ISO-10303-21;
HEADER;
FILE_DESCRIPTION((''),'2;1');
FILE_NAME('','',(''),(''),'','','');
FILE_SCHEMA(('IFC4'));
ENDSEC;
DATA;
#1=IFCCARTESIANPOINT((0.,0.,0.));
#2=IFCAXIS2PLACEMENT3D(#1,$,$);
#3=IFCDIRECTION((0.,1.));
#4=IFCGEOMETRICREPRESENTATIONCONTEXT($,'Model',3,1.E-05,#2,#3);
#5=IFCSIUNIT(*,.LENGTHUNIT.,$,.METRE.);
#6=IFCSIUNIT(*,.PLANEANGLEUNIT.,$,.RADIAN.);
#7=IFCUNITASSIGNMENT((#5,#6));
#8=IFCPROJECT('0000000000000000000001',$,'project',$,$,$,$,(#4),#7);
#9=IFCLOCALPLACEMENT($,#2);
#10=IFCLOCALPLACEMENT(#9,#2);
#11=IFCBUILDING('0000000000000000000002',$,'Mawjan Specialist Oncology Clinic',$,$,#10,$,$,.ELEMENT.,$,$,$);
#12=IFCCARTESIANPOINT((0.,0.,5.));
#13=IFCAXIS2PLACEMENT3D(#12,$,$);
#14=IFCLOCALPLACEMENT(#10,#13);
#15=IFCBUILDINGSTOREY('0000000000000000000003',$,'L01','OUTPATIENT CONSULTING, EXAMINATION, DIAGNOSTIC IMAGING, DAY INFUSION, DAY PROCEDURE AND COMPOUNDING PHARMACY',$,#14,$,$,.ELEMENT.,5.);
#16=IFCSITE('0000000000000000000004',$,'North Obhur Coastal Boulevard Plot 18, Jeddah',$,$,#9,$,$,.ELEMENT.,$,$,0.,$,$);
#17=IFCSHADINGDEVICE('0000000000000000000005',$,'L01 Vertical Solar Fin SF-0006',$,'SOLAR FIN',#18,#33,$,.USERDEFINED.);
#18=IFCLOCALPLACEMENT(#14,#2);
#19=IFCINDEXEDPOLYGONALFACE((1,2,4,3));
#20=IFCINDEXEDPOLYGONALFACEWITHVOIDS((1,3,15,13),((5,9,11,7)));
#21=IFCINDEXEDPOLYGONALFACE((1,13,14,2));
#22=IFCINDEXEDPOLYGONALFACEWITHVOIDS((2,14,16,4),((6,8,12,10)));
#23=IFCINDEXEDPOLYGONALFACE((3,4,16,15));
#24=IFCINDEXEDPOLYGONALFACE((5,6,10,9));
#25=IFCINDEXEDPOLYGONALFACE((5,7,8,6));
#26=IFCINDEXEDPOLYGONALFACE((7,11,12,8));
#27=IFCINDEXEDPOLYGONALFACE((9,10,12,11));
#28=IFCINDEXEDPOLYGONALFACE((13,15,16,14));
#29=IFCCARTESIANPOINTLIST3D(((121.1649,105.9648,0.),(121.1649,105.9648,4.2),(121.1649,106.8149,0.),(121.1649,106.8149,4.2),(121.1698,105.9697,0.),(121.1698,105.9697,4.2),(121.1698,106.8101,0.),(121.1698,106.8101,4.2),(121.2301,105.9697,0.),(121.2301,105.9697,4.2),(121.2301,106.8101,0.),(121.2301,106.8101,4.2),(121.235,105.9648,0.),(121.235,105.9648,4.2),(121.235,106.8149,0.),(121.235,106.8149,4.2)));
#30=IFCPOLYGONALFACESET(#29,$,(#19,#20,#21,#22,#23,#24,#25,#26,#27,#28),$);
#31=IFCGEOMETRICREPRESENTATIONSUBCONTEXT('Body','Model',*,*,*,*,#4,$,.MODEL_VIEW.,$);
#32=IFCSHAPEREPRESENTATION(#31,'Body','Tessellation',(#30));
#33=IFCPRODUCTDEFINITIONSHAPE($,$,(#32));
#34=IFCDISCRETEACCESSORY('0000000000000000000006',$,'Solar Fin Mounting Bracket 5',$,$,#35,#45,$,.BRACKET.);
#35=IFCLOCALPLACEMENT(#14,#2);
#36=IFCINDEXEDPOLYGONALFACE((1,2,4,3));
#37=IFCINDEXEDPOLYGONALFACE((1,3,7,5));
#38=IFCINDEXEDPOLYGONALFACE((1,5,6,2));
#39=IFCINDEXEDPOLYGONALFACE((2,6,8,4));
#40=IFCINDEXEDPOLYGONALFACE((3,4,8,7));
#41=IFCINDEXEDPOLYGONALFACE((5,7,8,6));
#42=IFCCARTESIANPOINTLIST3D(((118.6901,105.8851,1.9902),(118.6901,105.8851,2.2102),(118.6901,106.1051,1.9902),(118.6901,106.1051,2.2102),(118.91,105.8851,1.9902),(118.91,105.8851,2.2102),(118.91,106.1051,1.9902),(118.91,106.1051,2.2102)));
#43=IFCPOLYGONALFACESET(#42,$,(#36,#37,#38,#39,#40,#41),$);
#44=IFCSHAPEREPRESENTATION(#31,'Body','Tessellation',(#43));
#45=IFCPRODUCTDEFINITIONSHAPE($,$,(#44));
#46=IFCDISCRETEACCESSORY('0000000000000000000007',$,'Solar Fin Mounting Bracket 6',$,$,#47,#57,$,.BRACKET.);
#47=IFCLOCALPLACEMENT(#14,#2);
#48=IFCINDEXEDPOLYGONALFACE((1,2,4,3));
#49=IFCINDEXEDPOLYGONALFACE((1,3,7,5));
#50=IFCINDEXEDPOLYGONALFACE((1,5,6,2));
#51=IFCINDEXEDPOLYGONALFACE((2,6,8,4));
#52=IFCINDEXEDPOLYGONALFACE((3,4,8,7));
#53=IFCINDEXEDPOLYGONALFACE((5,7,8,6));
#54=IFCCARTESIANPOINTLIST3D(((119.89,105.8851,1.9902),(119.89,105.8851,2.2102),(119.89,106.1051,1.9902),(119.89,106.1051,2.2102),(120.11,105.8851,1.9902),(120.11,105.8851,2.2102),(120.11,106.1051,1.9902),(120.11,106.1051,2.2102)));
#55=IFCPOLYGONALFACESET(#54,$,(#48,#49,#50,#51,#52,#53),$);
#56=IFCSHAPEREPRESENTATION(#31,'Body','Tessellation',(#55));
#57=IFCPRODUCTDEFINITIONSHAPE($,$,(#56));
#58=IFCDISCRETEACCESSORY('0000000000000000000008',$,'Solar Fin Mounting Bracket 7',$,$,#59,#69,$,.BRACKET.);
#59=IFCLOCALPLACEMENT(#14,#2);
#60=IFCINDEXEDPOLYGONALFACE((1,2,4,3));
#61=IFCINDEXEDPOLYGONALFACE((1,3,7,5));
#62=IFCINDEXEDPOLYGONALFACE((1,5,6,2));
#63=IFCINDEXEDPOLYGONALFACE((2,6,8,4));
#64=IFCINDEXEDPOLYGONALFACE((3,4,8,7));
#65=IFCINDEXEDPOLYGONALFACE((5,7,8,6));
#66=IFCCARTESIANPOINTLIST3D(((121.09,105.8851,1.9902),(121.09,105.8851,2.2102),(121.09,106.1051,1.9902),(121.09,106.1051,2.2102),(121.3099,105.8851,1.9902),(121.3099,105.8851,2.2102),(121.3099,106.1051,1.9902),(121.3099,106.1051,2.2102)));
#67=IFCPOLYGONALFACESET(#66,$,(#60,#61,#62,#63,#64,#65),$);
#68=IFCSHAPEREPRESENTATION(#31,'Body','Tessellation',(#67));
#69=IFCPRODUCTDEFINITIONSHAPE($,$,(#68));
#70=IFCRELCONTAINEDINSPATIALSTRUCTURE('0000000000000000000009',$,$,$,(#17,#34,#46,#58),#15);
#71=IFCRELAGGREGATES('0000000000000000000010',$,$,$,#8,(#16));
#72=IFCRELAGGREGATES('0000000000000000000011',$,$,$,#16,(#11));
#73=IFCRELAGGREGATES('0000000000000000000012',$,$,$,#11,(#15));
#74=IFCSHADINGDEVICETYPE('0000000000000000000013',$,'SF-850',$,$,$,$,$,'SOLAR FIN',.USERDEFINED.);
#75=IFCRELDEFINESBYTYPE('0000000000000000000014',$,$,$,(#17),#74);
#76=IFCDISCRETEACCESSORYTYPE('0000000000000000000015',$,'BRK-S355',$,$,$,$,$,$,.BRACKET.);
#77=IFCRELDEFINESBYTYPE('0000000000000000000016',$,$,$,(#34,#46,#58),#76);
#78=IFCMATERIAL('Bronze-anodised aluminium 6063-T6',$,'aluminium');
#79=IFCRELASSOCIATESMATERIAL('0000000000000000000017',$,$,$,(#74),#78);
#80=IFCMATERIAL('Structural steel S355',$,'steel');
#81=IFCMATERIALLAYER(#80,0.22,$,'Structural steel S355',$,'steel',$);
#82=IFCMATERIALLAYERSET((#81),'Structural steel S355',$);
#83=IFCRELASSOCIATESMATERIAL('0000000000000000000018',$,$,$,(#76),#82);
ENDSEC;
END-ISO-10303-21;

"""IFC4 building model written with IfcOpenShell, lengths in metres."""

from ifc_helpers import new_model, si_unit, direction, frame, origin, origin_2d, place, context, subcontext, project, spatial, rectangle, hollow_rectangle, extrude, material, layer, layer_set, material_profile, profile_set, type_object, element, save


model = new_model("IFC4")

# Units and contexts
model_context = context("Model", 3, precision=1e-05, world=origin(), true_north=direction((0.0, 1.0)))
body_context = subcontext(model_context, "Body", "Model", "MODEL_VIEW")
ifc_project = project(units=[si_unit("LENGTHUNIT", "METRE"), si_unit("PLANEANGLEUNIT", "RADIAN")], contexts=[model_context])

# Site, building, storey
site_placement = place(None, origin())
site = spatial("IfcSite", under=ifc_project, at=site_placement, Name="North Obhur Coastal Boulevard Plot 18, Jeddah", CompositionType="ELEMENT", RefElevation=0.0)
building_placement = place(site_placement, origin())
building = spatial("IfcBuilding", under=site, at=building_placement, Name="Mawjan Specialist Oncology Clinic", CompositionType="ELEMENT")
storey_placement = place(building_placement, frame((0.0, 0.0, 5.0)))
storey = spatial("IfcBuildingStorey", under=building, at=storey_placement, Name="L01", Description="OUTPATIENT CONSULTING, EXAMINATION, DIAGNOSTIC IMAGING, DAY INFUSION, DAY PROCEDURE AND COMPOUNDING PHARMACY", CompositionType="ELEMENT", Elevation=5.0)

# Shading device
ifc_material_1 = material(Name="Bronze-anodised aluminium 6063-T6", Category="aluminium")
ifc_material_profile_1 = material_profile(ifc_material_1, hollow_rectangle(XDim=0.0701, YDim=0.8501, WallThickness=0.0049, at=origin_2d()), Name="FIN 850x70x5", Category="aluminium")
ifc_profile_set_1 = profile_set([ifc_material_profile_1], Name="Bronze-anodised aluminium 6063-T6")
shading_device_type = type_object("IfcShadingDeviceType", Name="SF-850", ElementType="SOLAR FIN", PredefinedType="USERDEFINED", material=ifc_profile_set_1)
for number, where, z_axis, x_axis, name in (
    (1, (121.2, 106.3899, 0.0), (0.0, 0.0, 1.0), (1.0, 0.0, 0.0), "L01 Vertical Solar Fin SF-0006"),
):
    element("IfcShadingDevice", number, at=place(storey_placement, frame(where, z_axis=z_axis, x_axis=x_axis)), inside=storey, type_object=shading_device_type, Name=name, ObjectType="SOLAR FIN", PredefinedType="USERDEFINED", context=body_context, shape_type="SweptSolid", body=[
        extrude(hollow_rectangle(XDim=0.0701, YDim=0.8501, WallThickness=0.0049, at=origin_2d()), origin(), (0.0, 0.0, 1.0), 4.2),
    ])

# Discrete accessories
ifc_material_2 = material(Name="Structural steel S355", Category="steel")
ifc_layer_1 = layer(ifc_material_2, 0.22, Name="Structural steel S355", Category="steel")
ifc_layer_set_1 = layer_set([ifc_layer_1], Name="Structural steel S355")
discrete_accessory_type = type_object("IfcDiscreteAccessoryType", Name="BRK-S355", PredefinedType="BRACKET", material=ifc_layer_set_1)
for number, where, z_axis, x_axis, name in (
    (2, (118.8, 105.9951, 1.9902), (0.0, 0.0, 1.0), (1.0, 0.0, 0.0), "Solar Fin Mounting Bracket 5"),
    (3, (120.0, 105.9951, 1.9902), (0.0, 0.0, 1.0), (1.0, 0.0, 0.0), "Solar Fin Mounting Bracket 6"),
    (4, (121.2, 105.9951, 1.9902), (0.0, 0.0, 1.0), (1.0, 0.0, 0.0), "Solar Fin Mounting Bracket 7"),
):
    element("IfcDiscreteAccessory", number, at=place(storey_placement, frame(where, z_axis=z_axis, x_axis=x_axis)), inside=storey, type_object=discrete_accessory_type, Name=name, PredefinedType="BRACKET", context=body_context, shape_type="SweptSolid", body=[
        extrude(rectangle(XDim=0.22, YDim=0.22, at=origin_2d()), origin(), (0.0, 0.0, 1.0), 0.22),
    ])

save(model, "model.ifc")
